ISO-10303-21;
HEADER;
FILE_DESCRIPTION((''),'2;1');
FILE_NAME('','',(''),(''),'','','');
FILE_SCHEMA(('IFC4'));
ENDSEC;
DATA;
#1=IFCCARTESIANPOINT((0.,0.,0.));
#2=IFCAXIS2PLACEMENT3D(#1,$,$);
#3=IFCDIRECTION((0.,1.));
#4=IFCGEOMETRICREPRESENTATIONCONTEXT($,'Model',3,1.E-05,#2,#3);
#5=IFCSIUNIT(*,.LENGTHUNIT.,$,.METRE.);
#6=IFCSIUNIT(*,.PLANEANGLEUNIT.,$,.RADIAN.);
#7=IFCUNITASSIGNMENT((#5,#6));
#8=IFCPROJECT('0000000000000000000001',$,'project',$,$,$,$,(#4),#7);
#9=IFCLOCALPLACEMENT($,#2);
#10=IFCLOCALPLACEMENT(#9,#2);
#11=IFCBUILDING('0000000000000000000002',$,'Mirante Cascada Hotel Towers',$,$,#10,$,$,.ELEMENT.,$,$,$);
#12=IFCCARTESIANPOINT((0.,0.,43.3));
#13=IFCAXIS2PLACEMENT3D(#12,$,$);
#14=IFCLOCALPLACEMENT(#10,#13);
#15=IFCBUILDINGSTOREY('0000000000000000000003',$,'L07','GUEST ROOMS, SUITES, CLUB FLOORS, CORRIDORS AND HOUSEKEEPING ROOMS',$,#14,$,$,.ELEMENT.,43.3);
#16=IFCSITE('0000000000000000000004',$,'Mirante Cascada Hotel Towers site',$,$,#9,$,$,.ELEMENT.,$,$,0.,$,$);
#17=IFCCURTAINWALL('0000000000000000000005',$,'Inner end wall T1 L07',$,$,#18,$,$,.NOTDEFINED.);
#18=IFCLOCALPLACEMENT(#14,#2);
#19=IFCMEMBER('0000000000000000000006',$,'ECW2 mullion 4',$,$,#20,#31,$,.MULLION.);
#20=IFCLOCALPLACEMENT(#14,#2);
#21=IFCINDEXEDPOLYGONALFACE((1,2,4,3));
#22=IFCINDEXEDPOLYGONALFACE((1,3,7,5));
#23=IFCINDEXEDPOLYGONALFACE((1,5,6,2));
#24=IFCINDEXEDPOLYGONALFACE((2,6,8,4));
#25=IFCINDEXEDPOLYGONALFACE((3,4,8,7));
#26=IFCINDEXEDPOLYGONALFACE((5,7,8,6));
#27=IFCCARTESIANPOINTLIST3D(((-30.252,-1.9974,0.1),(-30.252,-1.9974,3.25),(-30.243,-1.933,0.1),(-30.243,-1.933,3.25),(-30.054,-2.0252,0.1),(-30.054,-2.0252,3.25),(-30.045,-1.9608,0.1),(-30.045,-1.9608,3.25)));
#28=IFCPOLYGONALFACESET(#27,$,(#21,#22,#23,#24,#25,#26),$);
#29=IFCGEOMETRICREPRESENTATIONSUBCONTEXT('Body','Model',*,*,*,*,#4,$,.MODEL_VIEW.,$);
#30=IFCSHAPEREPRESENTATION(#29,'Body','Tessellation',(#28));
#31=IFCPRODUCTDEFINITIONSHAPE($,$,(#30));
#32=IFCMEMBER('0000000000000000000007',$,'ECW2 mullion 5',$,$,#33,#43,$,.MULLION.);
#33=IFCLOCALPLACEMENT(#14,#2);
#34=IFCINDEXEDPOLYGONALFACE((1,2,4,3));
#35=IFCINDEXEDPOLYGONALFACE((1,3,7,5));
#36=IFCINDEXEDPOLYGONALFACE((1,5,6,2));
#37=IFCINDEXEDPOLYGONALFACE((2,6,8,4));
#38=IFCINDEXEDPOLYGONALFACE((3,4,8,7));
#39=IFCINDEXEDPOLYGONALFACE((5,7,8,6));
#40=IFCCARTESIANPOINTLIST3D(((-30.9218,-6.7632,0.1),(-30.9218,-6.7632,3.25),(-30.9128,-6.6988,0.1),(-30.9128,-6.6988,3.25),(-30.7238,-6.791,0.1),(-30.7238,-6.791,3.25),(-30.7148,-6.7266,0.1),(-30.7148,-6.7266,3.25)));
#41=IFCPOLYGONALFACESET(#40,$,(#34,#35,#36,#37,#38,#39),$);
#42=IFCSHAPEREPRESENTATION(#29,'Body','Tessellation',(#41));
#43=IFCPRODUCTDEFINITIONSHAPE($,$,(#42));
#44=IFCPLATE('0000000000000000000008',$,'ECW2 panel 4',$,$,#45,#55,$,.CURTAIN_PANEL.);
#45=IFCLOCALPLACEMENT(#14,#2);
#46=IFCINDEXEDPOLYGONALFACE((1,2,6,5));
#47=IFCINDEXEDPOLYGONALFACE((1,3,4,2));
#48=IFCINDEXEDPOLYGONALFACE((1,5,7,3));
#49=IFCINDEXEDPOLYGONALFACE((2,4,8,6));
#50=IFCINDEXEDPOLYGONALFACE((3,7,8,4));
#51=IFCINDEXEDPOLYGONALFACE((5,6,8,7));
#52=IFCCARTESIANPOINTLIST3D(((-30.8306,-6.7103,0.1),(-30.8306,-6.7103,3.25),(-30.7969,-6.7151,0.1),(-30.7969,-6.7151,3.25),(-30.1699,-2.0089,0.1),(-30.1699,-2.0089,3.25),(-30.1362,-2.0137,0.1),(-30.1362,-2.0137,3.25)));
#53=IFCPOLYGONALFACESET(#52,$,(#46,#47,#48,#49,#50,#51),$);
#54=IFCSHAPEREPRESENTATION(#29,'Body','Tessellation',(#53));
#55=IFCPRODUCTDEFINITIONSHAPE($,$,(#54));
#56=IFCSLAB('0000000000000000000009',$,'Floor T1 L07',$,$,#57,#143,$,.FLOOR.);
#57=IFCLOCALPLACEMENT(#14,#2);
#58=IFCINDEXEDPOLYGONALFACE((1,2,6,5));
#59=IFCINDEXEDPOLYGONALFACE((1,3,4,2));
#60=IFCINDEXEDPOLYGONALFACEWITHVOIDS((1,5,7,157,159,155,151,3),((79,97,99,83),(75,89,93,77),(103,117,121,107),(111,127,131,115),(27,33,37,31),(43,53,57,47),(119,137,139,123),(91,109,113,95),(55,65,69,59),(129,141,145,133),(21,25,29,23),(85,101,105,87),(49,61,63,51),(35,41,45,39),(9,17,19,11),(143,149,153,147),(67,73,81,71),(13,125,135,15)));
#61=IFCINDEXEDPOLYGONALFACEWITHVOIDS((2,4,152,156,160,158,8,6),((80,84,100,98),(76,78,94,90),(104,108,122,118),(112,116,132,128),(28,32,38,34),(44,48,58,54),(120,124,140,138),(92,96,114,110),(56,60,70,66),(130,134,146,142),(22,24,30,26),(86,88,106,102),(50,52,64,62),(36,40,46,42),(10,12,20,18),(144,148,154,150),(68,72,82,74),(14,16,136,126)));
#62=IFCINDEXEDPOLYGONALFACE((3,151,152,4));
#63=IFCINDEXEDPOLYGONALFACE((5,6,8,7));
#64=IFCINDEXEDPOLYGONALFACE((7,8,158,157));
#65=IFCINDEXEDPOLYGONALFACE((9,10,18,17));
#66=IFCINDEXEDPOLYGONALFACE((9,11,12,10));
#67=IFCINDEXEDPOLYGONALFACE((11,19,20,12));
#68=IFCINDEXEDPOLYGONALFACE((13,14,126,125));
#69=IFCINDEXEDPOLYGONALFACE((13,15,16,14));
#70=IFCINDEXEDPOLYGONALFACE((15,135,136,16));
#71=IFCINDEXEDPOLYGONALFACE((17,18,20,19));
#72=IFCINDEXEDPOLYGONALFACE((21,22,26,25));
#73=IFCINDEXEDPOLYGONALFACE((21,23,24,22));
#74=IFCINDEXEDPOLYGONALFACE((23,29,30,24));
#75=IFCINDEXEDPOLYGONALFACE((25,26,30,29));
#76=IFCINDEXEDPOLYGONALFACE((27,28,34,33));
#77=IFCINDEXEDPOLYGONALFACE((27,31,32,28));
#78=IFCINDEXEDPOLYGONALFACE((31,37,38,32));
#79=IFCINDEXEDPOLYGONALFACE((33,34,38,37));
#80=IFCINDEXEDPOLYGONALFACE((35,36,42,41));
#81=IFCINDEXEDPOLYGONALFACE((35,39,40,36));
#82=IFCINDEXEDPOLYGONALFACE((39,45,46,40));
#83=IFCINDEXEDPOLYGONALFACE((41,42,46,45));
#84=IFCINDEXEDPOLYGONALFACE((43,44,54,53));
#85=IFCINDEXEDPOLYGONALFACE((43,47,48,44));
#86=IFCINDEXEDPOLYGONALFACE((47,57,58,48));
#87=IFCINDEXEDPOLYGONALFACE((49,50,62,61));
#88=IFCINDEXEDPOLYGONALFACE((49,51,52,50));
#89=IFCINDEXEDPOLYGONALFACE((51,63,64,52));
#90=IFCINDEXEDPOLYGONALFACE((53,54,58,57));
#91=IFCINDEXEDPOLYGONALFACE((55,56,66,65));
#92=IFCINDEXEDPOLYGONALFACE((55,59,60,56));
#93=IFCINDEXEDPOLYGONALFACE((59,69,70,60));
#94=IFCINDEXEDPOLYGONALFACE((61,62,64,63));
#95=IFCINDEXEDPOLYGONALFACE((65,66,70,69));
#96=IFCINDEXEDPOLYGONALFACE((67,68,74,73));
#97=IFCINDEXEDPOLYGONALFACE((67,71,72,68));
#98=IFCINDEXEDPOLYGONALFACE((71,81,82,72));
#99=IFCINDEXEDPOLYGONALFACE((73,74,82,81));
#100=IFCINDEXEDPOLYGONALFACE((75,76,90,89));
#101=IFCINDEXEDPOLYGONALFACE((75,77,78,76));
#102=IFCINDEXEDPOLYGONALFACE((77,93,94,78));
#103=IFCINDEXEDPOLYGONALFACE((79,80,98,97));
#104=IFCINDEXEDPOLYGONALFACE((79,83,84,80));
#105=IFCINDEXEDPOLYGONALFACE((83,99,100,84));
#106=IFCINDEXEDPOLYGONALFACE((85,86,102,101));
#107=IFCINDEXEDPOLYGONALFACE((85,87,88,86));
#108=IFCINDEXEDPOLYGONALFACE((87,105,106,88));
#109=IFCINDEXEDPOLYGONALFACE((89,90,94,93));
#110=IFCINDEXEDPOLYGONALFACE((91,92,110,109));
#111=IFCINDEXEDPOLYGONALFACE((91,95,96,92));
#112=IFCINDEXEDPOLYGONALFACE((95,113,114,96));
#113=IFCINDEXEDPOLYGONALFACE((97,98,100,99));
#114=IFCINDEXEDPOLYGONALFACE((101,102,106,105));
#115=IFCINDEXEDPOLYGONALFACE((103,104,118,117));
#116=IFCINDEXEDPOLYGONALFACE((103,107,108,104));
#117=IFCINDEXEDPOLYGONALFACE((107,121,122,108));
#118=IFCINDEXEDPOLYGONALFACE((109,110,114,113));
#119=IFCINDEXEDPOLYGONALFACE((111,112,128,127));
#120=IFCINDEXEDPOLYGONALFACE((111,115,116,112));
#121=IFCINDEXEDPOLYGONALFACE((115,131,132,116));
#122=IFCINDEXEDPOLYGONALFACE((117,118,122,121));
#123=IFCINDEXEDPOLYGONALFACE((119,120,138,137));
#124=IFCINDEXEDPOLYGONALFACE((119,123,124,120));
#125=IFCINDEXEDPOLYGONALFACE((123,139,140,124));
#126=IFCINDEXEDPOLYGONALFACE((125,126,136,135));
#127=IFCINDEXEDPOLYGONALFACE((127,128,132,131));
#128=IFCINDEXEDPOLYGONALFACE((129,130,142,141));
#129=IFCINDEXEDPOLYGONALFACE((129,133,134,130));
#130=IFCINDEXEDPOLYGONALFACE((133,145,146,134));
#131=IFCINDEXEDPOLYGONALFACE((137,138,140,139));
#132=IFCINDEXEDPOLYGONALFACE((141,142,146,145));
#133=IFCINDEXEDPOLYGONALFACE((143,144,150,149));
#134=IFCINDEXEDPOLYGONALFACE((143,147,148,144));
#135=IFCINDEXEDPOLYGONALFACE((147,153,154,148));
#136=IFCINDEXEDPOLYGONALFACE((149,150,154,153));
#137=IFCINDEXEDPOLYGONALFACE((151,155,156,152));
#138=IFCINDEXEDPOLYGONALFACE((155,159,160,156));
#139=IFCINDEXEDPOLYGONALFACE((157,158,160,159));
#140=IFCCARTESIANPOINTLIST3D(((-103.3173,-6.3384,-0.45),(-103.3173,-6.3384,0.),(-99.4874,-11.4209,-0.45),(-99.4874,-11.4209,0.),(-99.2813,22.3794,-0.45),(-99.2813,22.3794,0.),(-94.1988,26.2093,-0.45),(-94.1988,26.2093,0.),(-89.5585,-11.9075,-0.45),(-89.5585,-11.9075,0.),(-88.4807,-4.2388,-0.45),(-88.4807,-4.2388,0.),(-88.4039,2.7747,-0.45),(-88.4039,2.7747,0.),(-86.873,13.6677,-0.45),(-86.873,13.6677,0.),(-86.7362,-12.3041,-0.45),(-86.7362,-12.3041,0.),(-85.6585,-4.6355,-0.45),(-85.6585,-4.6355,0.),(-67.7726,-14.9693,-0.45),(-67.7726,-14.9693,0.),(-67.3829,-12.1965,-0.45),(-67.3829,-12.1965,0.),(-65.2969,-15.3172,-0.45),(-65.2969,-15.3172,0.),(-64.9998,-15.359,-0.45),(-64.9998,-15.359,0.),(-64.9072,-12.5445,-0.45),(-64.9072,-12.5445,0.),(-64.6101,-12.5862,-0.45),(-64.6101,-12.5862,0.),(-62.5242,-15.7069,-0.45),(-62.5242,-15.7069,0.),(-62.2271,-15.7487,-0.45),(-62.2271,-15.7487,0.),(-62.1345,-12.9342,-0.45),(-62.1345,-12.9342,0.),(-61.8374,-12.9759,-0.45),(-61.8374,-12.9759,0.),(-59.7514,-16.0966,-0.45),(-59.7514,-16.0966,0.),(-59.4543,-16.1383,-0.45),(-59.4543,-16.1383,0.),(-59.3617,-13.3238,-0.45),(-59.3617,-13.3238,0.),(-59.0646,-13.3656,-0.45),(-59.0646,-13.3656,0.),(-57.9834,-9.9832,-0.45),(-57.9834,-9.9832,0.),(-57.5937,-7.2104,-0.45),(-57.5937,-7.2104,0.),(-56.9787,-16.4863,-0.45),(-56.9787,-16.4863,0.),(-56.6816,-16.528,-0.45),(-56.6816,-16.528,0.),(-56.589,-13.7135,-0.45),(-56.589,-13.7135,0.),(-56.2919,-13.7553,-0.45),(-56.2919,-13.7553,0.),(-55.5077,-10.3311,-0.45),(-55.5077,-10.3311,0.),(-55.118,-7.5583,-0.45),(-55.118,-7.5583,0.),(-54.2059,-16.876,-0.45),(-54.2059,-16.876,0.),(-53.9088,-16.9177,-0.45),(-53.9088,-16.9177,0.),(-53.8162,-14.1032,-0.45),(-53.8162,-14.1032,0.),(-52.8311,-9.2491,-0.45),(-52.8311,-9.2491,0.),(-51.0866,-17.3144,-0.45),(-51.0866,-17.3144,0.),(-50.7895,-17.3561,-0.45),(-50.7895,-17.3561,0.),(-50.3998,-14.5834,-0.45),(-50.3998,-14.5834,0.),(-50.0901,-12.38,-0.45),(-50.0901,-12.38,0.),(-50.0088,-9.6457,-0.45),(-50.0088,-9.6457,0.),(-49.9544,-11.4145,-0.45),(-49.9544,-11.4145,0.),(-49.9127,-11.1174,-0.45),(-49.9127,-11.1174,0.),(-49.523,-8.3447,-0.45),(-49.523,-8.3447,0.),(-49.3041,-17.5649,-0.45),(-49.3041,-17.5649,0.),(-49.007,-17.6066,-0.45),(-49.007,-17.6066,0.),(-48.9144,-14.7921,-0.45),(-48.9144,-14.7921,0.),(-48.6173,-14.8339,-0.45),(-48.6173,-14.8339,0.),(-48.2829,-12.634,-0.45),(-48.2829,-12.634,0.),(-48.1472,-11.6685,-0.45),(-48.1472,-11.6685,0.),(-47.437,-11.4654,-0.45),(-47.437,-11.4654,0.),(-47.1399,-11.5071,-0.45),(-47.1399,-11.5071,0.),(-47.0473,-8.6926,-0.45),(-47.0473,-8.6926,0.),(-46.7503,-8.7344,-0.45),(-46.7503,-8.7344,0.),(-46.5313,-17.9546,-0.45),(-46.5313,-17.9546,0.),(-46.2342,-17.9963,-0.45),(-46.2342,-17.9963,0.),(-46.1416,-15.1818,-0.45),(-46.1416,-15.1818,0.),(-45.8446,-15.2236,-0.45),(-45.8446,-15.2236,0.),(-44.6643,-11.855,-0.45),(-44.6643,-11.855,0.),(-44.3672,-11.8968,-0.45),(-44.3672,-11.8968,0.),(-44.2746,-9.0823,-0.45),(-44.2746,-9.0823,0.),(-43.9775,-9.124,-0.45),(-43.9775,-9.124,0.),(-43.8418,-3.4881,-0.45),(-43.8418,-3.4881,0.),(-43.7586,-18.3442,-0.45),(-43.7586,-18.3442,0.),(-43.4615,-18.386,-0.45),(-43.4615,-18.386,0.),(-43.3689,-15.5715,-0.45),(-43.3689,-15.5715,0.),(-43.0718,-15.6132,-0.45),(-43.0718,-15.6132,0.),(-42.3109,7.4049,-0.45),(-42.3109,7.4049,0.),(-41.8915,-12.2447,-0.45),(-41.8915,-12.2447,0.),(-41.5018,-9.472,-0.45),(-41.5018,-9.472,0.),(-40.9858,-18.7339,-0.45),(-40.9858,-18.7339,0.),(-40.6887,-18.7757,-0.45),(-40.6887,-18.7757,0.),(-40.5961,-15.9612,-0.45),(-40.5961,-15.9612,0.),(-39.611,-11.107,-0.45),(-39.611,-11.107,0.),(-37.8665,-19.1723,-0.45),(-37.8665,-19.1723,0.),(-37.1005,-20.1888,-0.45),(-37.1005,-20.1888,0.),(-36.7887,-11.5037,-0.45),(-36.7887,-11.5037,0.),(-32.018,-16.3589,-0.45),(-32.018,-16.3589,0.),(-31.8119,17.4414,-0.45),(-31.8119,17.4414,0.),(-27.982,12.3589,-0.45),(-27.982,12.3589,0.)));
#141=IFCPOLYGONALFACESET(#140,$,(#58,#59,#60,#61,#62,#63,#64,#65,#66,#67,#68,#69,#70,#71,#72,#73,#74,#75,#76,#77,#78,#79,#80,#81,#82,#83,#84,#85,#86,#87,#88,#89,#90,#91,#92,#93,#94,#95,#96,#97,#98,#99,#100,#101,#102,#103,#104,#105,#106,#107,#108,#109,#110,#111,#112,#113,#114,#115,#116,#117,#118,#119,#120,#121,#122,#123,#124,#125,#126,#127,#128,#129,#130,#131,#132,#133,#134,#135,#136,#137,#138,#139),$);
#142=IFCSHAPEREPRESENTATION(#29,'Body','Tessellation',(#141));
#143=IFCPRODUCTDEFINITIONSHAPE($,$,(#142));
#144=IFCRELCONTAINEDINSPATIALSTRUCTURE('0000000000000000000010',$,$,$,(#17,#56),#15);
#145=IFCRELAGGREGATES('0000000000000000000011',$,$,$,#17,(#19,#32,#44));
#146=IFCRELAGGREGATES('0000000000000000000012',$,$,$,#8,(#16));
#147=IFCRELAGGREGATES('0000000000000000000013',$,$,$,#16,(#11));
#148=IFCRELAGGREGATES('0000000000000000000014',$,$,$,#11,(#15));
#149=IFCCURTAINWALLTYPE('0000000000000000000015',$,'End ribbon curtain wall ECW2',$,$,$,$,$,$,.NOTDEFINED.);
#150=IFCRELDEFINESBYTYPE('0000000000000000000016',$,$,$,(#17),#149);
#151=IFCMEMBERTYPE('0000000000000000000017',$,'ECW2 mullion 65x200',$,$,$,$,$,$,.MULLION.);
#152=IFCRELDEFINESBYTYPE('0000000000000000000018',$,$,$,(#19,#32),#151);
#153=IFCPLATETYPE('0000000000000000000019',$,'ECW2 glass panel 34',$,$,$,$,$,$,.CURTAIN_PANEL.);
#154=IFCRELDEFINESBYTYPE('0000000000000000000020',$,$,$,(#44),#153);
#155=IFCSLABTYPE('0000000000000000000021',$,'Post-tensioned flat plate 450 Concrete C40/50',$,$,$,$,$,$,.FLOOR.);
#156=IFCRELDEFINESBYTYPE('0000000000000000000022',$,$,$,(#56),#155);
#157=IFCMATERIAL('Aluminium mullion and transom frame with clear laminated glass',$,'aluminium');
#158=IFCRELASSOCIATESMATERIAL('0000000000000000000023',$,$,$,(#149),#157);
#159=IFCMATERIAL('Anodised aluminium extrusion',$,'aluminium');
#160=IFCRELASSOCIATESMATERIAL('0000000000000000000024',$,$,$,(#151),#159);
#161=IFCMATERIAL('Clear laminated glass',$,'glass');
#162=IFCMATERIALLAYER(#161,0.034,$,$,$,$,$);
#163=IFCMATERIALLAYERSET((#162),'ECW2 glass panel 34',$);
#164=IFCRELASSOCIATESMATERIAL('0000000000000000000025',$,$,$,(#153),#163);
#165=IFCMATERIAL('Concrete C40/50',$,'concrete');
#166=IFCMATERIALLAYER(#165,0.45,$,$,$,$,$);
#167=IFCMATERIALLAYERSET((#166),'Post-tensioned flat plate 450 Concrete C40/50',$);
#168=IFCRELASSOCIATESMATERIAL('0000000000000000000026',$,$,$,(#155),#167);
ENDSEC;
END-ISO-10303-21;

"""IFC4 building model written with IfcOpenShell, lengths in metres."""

from ifc_helpers import new_model, si_unit, direction, frame, origin, origin_2d, place, context, subcontext, project, spatial, polyline, rectangle, outline, extrude, material, layer, layer_set, material_profile, profile_set, type_object, element, aggregate, save


model = new_model("IFC4")

# Units and contexts
model_context = context("Model", 3, precision=1e-05, world=origin(), true_north=direction((0.0, 1.0)))
body_context = subcontext(model_context, "Body", "Model", "MODEL_VIEW")
ifc_project = project(units=[si_unit("LENGTHUNIT", "METRE"), si_unit("PLANEANGLEUNIT", "RADIAN")], contexts=[model_context])

# Site, building, storey
site_placement = place(None, origin())
site = spatial("IfcSite", under=ifc_project, at=site_placement, Name="Mirante Cascada Hotel Towers site", CompositionType="ELEMENT", RefElevation=0.0)
building_placement = place(site_placement, origin())
building = spatial("IfcBuilding", under=site, at=building_placement, Name="Mirante Cascada Hotel Towers", CompositionType="ELEMENT")
storey_placement = place(building_placement, frame((0.0, 0.0, 43.3)))
storey = spatial("IfcBuildingStorey", under=building, at=storey_placement, Name="L07", Description="GUEST ROOMS, SUITES, CLUB FLOORS, CORRIDORS AND HOUSEKEEPING ROOMS", CompositionType="ELEMENT", Elevation=43.3)

# Curtain wall, members, plate
ifc_material_1 = material(Name="Aluminium mullion and transom frame with clear laminated glass", Category="aluminium")
curtain_wall_type = type_object("IfcCurtainWallType", Name="End ribbon curtain wall ECW2", PredefinedType="NOTDEFINED", material=ifc_material_1)
curtain_wall_placement = place(storey_placement, origin())
curtain_wall = element("IfcCurtainWall", 1, at=curtain_wall_placement, inside=storey, type_object=curtain_wall_type, Name="Inner end wall T1 L07", PredefinedType="NOTDEFINED")
ifc_material_2 = material(Name="Anodised aluminium extrusion", Category="aluminium")
ifc_material_profile = material_profile(ifc_material_2, rectangle(XDim=0.2, YDim=0.065, at=origin_2d()), Name="ECW2 MULLION 65x200")
ifc_profile_set = profile_set([ifc_material_profile], Name="Anodised aluminium extrusion")
member_type = type_object("IfcMemberType", Name="ECW2 mullion 65x200", PredefinedType="MULLION", material=ifc_profile_set)
member_1_placement = place(storey_placement, frame((-30.1485, -1.9791, 0.1), z_axis=(0.0, 0.0, 1.0), x_axis=(0.990268, -0.139173, 0.0)))
member_1 = element("IfcMember", 2, at=member_1_placement, type_object=member_type, Name="ECW2 mullion 4", PredefinedType="MULLION", context=body_context, shape_type="SweptSolid", body=[
    extrude(rectangle(XDim=0.2, YDim=0.065, at=origin_2d()), origin(), (0.0, 0.0, 1.0), 3.15),
])
member_2_placement = place(storey_placement, frame((-30.8183, -6.7449, 0.1), z_axis=(0.0, 0.0, 1.0), x_axis=(0.990268, -0.139173, 0.0)))
member_2 = element("IfcMember", 3, at=member_2_placement, type_object=member_type, Name="ECW2 mullion 5", PredefinedType="MULLION", context=body_context, shape_type="SweptSolid", body=[
    extrude(rectangle(XDim=0.2, YDim=0.065, at=origin_2d()), origin(), (0.0, 0.0, 1.0), 3.15),
])
ifc_material_3 = material(Name="Clear laminated glass", Category="glass")
ifc_layer_1 = layer(ifc_material_3, 0.034)
ifc_layer_set_1 = layer_set([ifc_layer_1], Name="ECW2 glass panel 34")
plate_type = type_object("IfcPlateType", Name="ECW2 glass panel 34", PredefinedType="CURTAIN_PANEL", material=ifc_layer_set_1)
plate_placement = place(storey_placement, frame((-30.4834, -4.362, 0.1), z_axis=(0.0, 0.0, 1.0), x_axis=(-0.139173, -0.990268, 0.0)))
plate = element("IfcPlate", 4, at=plate_placement, type_object=plate_type, Name="ECW2 panel 4", PredefinedType="CURTAIN_PANEL", context=body_context, shape_type="SweptSolid", body=[
    extrude(rectangle(XDim=4.7476, YDim=0.034, at=origin_2d()), origin(), (0.0, 0.0, 1.0), 3.15),
])
aggregate(curtain_wall, [member_1, member_2, plate])

# Slab
ifc_material_4 = material(Name="Concrete C40/50", Category="concrete")
ifc_layer_2 = layer(ifc_material_4, 0.45)
ifc_layer_set_2 = layer_set([ifc_layer_2], Name="Post-tensioned flat plate 450 Concrete C40/50")
slab_type = type_object("IfcSlabType", Name="Post-tensioned flat plate 450 Concrete C40/50", PredefinedType="FLOOR", material=ifc_layer_set_2)
slab_1_placement = place(storey_placement, frame((0.0, 0.0, -0.45)))
element("IfcSlab", 5, at=slab_1_placement, inside=storey, type_object=slab_type, Name="Floor T1 L07", PredefinedType="FLOOR", context=body_context, shape_type="SweptSolid", body=[
    extrude(outline(polyline([(-32.018, -16.3589), (-27.982, 12.3589), (-31.8119, 17.4414), (-94.1988, 26.2093), (-99.2813, 22.3794), (-103.3173, -6.3384), (-99.4874, -11.4209), (-37.1005, -20.1888), (-32.018, -16.3589)]), holes=[polyline([(-43.0718, -15.6132), (-40.5961, -15.9612), (-40.9858, -18.7339), (-43.4615, -18.386), (-43.0718, -15.6132)]), polyline([(-45.8446, -15.2236), (-43.3689, -15.5715), (-43.7586, -18.3442), (-46.2342, -17.9963), (-45.8446, -15.2236)]), polyline([(-48.6173, -14.8339), (-46.1416, -15.1818), (-46.5313, -17.9546), (-49.007, -17.6066), (-48.6173, -14.8339)]), polyline([(-50.3998, -14.5834), (-48.9144, -14.7921), (-49.3041, -17.5649), (-50.7895, -17.3561), (-50.3998, -14.5834)]), polyline([(-36.7887, -11.5037), (-37.8665, -19.1723), (-40.6887, -18.7757), (-39.611, -11.107), (-36.7887, -11.5037)]), polyline([(-49.9544, -11.4145), (-48.1472, -11.6685), (-48.2829, -12.634), (-50.0901, -12.38), (-49.9544, -11.4145)]), polyline([(-43.9775, -9.124), (-41.5018, -9.472), (-41.8915, -12.2447), (-44.3672, -11.8968), (-43.9775, -9.124)]), polyline([(-47.1399, -11.5071), (-46.7503, -8.7344), (-44.2746, -9.0823), (-44.6643, -11.855), (-47.1399, -11.5071)]), polyline([(-49.9127, -11.1174), (-49.523, -8.3447), (-47.0473, -8.6926), (-47.437, -11.4654), (-49.9127, -11.1174)]), polyline([(-56.2919, -13.7553), (-53.8162, -14.1032), (-54.2059, -16.876), (-56.6816, -16.528), (-56.2919, -13.7553)]), polyline([(-59.0646, -13.3656), (-56.589, -13.7135), (-56.9787, -16.4863), (-59.4543, -16.1383), (-59.0646, -13.3656)]), polyline([(-61.8374, -12.9759), (-59.3617, -13.3238), (-59.7514, -16.0966), (-62.2271, -15.7487), (-61.8374, -12.9759)]), polyline([(-64.6101, -12.5862), (-62.1345, -12.9342), (-62.5242, -15.7069), (-64.9998, -15.359), (-64.6101, -12.5862)]), polyline([(-67.3829, -12.1965), (-64.9072, -12.5445), (-65.2969, -15.3172), (-67.7726, -14.9693), (-67.3829, -12.1965)]), polyline([(-50.0088, -9.6457), (-51.0866, -17.3144), (-53.9088, -16.9177), (-52.8311, -9.2491), (-50.0088, -9.6457)]), polyline([(-85.6585, -4.6355), (-86.7362, -12.3041), (-89.5585, -11.9075), (-88.4807, -4.2388), (-85.6585, -4.6355)]), polyline([(-57.9834, -9.9832), (-57.5937, -7.2104), (-55.118, -7.5583), (-55.5077, -10.3311), (-57.9834, -9.9832)]), polyline([(-88.4039, 2.7747), (-86.873, 13.6677), (-42.3109, 7.4049), (-43.8418, -3.4881), (-88.4039, 2.7747)])]), origin(), (0.0, 0.0, 1.0), 0.45),
])

save(model, "model.ifc")
